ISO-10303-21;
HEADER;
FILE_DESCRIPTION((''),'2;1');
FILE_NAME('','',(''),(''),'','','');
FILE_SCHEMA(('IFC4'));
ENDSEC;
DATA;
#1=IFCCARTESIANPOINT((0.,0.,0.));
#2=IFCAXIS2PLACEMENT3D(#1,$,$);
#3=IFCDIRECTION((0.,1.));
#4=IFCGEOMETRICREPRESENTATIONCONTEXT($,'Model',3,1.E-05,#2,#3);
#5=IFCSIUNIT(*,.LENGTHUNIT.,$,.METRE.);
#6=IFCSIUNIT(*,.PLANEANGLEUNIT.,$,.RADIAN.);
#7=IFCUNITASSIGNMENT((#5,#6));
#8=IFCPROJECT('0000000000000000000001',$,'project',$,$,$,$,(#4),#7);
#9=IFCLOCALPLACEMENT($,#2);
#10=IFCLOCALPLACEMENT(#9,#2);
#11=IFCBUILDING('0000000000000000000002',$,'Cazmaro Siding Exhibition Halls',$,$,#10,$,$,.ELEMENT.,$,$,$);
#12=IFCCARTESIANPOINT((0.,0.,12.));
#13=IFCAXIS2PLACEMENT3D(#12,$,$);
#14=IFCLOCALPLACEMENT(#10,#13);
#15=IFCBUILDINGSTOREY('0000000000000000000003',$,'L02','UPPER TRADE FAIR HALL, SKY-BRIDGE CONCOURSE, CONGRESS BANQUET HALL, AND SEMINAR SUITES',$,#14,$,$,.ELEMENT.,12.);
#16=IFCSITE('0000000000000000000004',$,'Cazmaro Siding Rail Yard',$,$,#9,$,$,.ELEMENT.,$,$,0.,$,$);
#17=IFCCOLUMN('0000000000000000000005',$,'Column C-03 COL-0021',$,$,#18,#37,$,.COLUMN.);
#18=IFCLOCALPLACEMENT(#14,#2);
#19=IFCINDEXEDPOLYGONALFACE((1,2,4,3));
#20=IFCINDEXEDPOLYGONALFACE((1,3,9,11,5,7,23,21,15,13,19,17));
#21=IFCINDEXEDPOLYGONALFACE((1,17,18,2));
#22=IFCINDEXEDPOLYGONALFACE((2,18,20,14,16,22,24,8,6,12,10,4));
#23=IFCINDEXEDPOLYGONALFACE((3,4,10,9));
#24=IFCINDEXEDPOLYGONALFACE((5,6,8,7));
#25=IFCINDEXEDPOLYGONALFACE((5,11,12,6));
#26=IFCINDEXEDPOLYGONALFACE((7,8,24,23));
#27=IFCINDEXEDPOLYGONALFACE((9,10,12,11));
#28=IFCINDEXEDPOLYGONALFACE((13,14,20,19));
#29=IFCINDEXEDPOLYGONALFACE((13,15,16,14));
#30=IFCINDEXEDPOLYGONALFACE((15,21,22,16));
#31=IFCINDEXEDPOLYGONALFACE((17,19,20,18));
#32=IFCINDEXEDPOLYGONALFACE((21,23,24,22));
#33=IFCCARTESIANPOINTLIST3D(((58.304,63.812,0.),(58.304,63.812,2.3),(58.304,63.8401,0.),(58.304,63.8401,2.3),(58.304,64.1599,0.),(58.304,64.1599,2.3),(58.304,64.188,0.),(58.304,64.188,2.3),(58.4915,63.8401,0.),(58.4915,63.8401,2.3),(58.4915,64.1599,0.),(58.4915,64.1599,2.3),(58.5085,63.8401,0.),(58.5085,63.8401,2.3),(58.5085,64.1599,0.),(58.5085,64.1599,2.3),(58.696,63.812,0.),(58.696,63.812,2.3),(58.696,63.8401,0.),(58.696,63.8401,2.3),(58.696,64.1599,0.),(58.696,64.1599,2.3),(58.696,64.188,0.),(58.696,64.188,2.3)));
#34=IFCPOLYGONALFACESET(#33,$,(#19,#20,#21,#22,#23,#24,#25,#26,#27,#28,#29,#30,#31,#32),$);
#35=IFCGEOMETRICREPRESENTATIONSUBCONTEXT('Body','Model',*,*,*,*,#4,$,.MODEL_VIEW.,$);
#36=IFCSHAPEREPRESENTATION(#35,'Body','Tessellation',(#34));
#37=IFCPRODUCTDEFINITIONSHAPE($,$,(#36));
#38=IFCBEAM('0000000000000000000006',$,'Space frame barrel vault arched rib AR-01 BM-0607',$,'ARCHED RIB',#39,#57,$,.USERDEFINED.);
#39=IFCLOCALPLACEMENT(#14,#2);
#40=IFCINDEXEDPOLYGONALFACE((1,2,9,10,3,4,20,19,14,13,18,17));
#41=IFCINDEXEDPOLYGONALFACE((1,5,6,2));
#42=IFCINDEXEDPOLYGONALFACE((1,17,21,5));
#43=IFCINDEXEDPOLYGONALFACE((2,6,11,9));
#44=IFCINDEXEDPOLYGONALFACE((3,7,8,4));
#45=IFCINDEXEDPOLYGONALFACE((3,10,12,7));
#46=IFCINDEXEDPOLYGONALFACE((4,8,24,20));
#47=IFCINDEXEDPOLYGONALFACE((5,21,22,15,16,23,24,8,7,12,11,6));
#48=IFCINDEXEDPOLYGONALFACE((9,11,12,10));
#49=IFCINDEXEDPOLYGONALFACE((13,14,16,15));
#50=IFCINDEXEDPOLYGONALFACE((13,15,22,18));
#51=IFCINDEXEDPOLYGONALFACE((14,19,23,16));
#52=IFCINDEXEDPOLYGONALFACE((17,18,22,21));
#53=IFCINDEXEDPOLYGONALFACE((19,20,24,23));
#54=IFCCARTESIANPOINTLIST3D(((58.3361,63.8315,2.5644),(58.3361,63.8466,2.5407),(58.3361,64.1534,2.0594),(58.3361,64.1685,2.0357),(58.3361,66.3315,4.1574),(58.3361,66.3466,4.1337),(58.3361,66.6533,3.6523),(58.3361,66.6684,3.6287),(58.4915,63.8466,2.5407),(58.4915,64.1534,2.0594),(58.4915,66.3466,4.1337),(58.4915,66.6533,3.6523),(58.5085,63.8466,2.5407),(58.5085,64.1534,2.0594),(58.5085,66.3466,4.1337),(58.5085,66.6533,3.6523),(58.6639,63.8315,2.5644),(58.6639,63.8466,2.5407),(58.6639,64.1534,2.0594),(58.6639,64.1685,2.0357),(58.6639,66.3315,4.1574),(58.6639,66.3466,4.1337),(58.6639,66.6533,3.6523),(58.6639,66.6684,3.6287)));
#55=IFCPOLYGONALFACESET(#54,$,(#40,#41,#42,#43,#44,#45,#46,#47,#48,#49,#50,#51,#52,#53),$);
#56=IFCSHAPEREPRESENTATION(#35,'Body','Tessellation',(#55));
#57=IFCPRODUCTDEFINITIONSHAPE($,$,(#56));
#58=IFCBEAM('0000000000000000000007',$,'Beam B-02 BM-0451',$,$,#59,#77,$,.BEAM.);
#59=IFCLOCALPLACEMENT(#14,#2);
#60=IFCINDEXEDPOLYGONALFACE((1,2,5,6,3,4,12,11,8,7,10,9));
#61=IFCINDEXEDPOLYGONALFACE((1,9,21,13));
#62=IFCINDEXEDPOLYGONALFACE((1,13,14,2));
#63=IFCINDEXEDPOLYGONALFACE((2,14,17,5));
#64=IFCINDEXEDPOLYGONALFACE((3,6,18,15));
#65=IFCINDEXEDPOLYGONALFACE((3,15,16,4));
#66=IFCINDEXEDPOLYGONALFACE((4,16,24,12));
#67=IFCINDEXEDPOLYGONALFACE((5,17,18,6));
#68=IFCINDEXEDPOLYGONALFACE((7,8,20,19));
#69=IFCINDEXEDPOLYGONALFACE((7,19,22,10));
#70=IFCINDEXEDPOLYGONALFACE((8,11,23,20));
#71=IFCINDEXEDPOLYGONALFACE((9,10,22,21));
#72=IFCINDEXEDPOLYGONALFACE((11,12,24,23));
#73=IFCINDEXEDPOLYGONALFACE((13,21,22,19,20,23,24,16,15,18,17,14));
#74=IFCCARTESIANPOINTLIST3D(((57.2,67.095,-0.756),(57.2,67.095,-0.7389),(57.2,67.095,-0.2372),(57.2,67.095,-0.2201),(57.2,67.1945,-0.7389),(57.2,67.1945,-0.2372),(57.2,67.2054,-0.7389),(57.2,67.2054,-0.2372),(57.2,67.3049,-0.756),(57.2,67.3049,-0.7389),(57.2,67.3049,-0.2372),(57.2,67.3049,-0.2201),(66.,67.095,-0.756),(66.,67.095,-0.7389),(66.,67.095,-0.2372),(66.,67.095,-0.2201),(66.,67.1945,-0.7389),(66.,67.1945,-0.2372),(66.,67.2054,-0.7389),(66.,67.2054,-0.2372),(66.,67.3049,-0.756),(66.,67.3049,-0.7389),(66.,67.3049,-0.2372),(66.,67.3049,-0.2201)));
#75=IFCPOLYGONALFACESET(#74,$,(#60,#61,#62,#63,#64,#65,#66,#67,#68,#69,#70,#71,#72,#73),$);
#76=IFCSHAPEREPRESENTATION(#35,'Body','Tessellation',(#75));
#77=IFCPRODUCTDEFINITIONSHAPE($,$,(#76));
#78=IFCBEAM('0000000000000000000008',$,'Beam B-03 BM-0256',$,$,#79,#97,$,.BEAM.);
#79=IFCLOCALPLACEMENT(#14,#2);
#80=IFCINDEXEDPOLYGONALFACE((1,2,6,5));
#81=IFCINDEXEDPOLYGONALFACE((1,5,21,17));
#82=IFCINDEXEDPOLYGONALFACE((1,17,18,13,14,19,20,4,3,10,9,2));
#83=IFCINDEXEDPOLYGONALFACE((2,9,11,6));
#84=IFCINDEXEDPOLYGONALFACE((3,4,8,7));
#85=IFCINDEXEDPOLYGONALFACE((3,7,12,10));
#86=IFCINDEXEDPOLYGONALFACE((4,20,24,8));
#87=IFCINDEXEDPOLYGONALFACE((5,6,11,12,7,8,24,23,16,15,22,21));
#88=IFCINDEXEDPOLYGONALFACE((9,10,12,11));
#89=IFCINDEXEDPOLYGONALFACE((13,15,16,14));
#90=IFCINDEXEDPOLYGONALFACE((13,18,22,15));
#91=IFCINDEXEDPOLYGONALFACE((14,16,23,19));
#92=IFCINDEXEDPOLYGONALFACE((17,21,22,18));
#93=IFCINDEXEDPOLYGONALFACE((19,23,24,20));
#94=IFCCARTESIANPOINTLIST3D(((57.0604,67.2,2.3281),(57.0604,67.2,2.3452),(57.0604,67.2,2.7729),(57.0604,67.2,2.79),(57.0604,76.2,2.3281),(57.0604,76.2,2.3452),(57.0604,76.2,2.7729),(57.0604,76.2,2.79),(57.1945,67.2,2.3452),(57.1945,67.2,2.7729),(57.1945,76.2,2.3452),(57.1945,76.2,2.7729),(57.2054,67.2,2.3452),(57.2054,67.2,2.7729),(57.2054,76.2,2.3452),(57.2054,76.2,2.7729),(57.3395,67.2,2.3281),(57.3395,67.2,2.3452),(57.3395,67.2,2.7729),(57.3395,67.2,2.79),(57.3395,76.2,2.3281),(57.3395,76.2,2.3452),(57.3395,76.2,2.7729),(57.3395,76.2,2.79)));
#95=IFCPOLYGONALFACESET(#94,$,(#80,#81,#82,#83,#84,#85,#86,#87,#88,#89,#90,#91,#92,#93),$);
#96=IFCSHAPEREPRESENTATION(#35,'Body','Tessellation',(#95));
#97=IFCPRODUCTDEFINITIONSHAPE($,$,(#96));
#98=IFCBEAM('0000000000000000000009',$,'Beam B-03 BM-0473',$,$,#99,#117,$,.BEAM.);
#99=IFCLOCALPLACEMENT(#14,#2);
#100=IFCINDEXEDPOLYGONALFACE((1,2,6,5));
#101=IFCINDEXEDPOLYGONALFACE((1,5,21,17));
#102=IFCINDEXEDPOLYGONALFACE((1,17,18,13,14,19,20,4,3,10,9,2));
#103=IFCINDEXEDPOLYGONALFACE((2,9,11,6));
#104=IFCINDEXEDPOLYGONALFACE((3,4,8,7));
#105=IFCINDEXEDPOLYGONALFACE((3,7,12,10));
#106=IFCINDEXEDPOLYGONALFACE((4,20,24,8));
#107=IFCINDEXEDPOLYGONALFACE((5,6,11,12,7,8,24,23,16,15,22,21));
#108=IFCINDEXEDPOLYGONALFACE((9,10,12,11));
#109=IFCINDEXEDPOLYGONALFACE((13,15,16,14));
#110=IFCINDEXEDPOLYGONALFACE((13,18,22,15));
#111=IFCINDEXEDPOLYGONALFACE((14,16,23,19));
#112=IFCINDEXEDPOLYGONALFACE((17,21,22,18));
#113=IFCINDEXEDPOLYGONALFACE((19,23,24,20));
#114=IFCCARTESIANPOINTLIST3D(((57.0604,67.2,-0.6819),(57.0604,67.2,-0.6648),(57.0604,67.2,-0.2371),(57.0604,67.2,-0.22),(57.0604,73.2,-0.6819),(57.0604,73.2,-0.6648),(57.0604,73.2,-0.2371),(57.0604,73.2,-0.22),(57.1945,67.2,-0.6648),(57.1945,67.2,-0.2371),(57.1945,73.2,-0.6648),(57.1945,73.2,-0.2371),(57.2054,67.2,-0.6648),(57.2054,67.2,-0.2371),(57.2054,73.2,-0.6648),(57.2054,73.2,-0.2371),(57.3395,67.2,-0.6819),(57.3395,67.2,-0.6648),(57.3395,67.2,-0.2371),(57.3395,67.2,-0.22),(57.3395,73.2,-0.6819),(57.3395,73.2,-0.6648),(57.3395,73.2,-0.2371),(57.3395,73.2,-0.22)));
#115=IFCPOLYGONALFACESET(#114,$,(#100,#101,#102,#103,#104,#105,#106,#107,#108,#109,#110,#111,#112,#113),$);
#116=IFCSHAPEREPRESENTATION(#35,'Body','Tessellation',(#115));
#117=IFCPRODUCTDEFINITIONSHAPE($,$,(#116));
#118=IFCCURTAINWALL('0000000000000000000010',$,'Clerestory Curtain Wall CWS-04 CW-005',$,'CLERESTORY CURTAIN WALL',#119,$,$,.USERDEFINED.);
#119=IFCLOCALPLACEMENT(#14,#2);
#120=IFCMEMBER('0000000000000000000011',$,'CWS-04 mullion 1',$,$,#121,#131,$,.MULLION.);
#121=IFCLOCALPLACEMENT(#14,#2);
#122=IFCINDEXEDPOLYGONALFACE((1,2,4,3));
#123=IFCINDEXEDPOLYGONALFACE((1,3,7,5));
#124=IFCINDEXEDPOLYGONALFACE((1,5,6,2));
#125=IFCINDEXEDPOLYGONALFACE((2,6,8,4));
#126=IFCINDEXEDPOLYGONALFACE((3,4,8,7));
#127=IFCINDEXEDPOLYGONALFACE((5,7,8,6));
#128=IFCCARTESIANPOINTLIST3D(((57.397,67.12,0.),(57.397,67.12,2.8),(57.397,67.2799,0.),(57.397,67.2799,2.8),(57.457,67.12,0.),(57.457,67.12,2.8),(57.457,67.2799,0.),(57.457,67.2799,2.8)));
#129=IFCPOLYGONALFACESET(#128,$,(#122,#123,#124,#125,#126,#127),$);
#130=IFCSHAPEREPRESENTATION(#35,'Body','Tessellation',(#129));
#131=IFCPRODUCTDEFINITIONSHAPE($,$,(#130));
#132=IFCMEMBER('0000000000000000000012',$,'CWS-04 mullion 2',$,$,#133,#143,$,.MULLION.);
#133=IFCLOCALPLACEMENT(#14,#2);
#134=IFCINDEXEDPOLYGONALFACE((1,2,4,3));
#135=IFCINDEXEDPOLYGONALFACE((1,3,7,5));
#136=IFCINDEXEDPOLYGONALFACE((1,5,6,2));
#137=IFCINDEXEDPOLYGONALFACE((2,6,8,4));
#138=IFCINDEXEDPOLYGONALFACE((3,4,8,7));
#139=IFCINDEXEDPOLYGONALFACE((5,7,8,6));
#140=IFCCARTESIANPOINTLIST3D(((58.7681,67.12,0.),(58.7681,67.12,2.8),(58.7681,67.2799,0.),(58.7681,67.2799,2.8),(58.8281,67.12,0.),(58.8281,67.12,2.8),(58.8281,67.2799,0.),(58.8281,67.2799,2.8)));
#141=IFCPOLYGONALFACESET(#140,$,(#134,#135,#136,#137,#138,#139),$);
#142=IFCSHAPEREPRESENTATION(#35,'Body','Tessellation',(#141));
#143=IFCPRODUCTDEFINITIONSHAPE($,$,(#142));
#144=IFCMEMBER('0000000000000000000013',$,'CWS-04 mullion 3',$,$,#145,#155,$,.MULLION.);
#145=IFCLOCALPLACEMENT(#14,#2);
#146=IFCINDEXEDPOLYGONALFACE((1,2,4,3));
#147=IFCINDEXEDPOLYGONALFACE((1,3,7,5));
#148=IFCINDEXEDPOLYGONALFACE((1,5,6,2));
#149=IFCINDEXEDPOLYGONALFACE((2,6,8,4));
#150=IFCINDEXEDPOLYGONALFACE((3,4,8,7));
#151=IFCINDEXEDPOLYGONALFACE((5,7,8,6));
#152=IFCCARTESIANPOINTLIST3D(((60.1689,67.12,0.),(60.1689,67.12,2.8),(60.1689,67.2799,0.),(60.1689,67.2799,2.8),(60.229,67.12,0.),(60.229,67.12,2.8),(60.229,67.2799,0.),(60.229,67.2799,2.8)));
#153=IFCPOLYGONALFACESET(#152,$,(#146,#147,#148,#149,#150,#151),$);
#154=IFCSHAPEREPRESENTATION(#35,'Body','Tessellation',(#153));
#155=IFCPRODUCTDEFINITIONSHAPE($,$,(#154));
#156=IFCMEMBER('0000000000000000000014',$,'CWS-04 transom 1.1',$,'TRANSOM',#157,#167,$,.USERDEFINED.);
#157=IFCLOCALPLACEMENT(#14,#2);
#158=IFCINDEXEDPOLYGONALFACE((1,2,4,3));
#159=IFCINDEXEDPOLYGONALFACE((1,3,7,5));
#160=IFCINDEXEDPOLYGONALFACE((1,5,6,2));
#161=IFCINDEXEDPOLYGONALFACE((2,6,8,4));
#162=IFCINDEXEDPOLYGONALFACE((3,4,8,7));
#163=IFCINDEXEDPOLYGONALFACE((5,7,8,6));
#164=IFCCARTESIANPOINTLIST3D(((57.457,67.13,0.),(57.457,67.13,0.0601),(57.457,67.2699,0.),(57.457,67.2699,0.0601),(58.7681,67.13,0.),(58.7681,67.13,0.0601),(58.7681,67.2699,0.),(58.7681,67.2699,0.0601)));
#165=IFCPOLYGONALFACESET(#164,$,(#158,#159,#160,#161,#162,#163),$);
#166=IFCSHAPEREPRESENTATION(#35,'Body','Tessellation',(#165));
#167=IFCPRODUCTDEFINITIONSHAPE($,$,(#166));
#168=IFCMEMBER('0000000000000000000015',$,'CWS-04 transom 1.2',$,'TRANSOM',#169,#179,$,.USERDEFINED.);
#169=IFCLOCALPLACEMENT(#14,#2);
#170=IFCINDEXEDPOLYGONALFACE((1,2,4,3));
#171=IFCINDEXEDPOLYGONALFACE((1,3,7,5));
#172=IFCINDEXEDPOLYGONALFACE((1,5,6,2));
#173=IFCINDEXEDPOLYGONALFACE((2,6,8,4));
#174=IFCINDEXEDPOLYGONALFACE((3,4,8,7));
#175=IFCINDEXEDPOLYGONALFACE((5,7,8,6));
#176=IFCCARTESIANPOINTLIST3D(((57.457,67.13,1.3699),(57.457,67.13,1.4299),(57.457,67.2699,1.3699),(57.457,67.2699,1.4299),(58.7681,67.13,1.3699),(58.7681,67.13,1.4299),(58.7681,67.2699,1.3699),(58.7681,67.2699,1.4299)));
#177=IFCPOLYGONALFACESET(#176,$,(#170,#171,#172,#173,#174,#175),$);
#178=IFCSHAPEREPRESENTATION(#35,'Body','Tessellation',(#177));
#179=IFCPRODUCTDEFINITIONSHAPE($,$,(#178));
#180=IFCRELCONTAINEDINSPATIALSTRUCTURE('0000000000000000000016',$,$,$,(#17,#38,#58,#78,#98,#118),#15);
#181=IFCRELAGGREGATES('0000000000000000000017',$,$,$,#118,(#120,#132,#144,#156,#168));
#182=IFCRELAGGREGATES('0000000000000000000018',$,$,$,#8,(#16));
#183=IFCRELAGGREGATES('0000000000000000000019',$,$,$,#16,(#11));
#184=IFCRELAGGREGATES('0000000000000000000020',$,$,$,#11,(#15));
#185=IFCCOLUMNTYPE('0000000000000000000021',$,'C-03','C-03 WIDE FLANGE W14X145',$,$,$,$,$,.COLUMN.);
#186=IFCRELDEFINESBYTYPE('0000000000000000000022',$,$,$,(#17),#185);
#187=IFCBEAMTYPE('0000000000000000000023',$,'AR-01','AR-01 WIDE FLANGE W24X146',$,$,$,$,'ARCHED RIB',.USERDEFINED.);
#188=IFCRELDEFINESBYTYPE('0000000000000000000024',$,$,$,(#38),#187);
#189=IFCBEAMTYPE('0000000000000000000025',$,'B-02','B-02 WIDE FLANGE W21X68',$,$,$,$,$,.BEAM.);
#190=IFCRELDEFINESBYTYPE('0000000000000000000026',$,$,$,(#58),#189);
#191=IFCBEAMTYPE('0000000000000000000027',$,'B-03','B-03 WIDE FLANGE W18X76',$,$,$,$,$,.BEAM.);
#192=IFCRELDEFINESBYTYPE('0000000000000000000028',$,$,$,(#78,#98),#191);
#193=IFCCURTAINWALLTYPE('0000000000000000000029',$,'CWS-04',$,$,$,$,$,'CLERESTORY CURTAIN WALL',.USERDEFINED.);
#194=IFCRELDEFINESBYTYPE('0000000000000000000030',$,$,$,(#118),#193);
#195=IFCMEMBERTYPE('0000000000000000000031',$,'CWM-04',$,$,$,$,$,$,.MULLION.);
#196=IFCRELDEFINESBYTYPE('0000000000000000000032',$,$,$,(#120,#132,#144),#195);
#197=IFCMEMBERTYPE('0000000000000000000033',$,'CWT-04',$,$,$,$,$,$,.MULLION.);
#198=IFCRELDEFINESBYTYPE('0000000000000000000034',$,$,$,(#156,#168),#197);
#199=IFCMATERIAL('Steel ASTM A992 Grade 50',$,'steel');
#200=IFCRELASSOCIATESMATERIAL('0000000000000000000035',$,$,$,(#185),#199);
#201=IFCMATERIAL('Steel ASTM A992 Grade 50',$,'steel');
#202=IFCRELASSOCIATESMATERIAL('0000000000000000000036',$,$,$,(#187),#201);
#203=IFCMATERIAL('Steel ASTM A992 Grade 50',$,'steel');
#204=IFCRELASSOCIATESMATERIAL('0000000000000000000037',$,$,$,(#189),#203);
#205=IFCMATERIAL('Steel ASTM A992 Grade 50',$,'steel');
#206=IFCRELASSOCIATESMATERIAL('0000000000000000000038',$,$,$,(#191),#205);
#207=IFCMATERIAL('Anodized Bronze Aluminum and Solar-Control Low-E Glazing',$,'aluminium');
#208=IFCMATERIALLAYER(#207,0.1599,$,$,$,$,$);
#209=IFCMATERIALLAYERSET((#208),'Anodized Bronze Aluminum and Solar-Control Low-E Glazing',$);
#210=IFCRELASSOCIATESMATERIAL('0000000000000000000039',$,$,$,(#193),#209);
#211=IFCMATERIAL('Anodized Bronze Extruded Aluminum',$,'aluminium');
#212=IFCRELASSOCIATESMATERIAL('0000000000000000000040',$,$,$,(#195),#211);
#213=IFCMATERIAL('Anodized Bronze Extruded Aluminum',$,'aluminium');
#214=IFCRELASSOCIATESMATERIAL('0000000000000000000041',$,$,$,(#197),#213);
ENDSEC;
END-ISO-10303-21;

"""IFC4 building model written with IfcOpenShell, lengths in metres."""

from ifc_helpers import new_model, si_unit, direction, frame, origin, origin_2d, place, context, subcontext, project, spatial, rectangle, i_section, extrude, material, layer, layer_set, material_profile, profile_set, type_object, element, aggregate, save


model = new_model("IFC4")

# Units and contexts
model_context = context("Model", 3, precision=1e-05, world=origin(), true_north=direction((0.0, 1.0)))
body_context = subcontext(model_context, "Body", "Model", "MODEL_VIEW")
ifc_project = project(units=[si_unit("LENGTHUNIT", "METRE"), si_unit("PLANEANGLEUNIT", "RADIAN")], contexts=[model_context])

# Site, building, storey
site_placement = place(None, origin())
site = spatial("IfcSite", under=ifc_project, at=site_placement, Name="Cazmaro Siding Rail Yard", CompositionType="ELEMENT", RefElevation=0.0)
building_placement = place(site_placement, origin())
building = spatial("IfcBuilding", under=site, at=building_placement, Name="Cazmaro Siding Exhibition Halls", CompositionType="ELEMENT")
storey_placement = place(building_placement, frame((0.0, 0.0, 12.0)))
storey = spatial("IfcBuildingStorey", under=building, at=storey_placement, Name="L02", Description="UPPER TRADE FAIR HALL, SKY-BRIDGE CONCOURSE, CONGRESS BANQUET HALL, AND SEMINAR SUITES", CompositionType="ELEMENT", Elevation=12.0)

# Column
ifc_material_1 = material(Name="Steel ASTM A992 Grade 50", Category="steel")
ifc_material_profile_1 = material_profile(ifc_material_1, i_section(OverallWidth=0.3921, OverallDepth=0.376, WebThickness=0.0171, FlangeThickness=0.0281, at=origin_2d()), Name="W14X145")
ifc_profile_set_1 = profile_set([ifc_material_profile_1], Name="Steel ASTM A992 Grade 50")
column_type = type_object("IfcColumnType", Name="C-03", Description="C-03 WIDE FLANGE W14X145", PredefinedType="COLUMN", material=ifc_profile_set_1)
column_placement = place(storey_placement, frame((58.5, 64.0, 0.0), z_axis=(0.0, 0.0, 1.0), x_axis=(1.0, 0.0, 0.0)))
element("IfcColumn", 1, at=column_placement, inside=storey, type_object=column_type, Name="Column C-03 COL-0021", PredefinedType="COLUMN", context=body_context, shape_type="SweptSolid", body=[
    extrude(i_section(OverallWidth=0.3921, OverallDepth=0.376, WebThickness=0.0171, FlangeThickness=0.0281, at=origin_2d()), origin(), (0.0, 0.0, 1.0), 2.3),
])

# Beams
ifc_material_2 = material(Name="Steel ASTM A992 Grade 50", Category="steel")
ifc_material_profile_2 = material_profile(ifc_material_2, i_section(OverallWidth=0.3279, OverallDepth=0.627, WebThickness=0.0171, FlangeThickness=0.0281, at=origin_2d()), Name="W24X146")
ifc_profile_set_2 = profile_set([ifc_material_profile_2], Name="Steel ASTM A992 Grade 50")
beam_type_1 = type_object("IfcBeamType", Name="AR-01", Description="AR-01 WIDE FLANGE W24X146", ElementType="ARCHED RIB", PredefinedType="USERDEFINED", material=ifc_profile_set_2)
beam_1_placement = place(storey_placement, frame((58.5, 64.0, 2.3), z_axis=(0.0, 0.843339, 0.537382), x_axis=(-1.0, 0.0, 0.0)))
element("IfcBeam", 2, at=beam_1_placement, inside=storey, type_object=beam_type_1, Name="Space frame barrel vault arched rib AR-01 BM-0607", ObjectType="ARCHED RIB", PredefinedType="USERDEFINED", context=body_context, shape_type="SweptSolid", body=[
    extrude(i_section(OverallWidth=0.3279, OverallDepth=0.627, WebThickness=0.0171, FlangeThickness=0.0281, at=origin_2d()), origin(), (0.0, 0.0, 1.0), 2.9644),
])
ifc_material_3 = material(Name="Steel ASTM A992 Grade 50", Category="steel")
ifc_material_profile_3 = material_profile(ifc_material_3, i_section(OverallWidth=0.21, OverallDepth=0.5359, WebThickness=0.011, FlangeThickness=0.0171, at=origin_2d()), Name="W21X68")
ifc_profile_set_3 = profile_set([ifc_material_profile_3], Name="Steel ASTM A992 Grade 50")
beam_type_2 = type_object("IfcBeamType", Name="B-02", Description="B-02 WIDE FLANGE W21X68", PredefinedType="BEAM", material=ifc_profile_set_3)
beam_2_placement = place(storey_placement, frame((57.2, 67.2, -0.488), z_axis=(1.0, 0.0, 0.0), x_axis=(0.0, 1.0, 0.0)))
element("IfcBeam", 3, at=beam_2_placement, inside=storey, type_object=beam_type_2, Name="Beam B-02 BM-0451", PredefinedType="BEAM", context=body_context, shape_type="SweptSolid", body=[
    extrude(i_section(OverallWidth=0.21, OverallDepth=0.5359, WebThickness=0.011, FlangeThickness=0.0171, at=origin_2d()), origin(), (0.0, 0.0, 1.0), 8.8),
])
ifc_material_4 = material(Name="Steel ASTM A992 Grade 50", Category="steel")
ifc_material_profile_4 = material_profile(ifc_material_4, i_section(OverallWidth=0.2791, OverallDepth=0.4619, WebThickness=0.011, FlangeThickness=0.0171, at=origin_2d()), Name="W18X76")
ifc_profile_set_4 = profile_set([ifc_material_profile_4], Name="Steel ASTM A992 Grade 50")
beam_type_3 = type_object("IfcBeamType", Name="B-03", Description="B-03 WIDE FLANGE W18X76", PredefinedType="BEAM", material=ifc_profile_set_4)
beam_3_placement = place(storey_placement, frame((57.2, 67.2, 2.5591), z_axis=(0.0, 1.0, 0.0), x_axis=(-1.0, 0.0, 0.0)))
element("IfcBeam", 4, at=beam_3_placement, inside=storey, type_object=beam_type_3, Name="Beam B-03 BM-0256", PredefinedType="BEAM", context=body_context, shape_type="SweptSolid", body=[
    extrude(i_section(OverallWidth=0.2791, OverallDepth=0.4619, WebThickness=0.011, FlangeThickness=0.0171, at=origin_2d()), origin(), (0.0, 0.0, 1.0), 9.0),
])
beam_4_placement = place(storey_placement, frame((57.2, 67.2, -0.4509), z_axis=(0.0, 1.0, 0.0), x_axis=(-1.0, 0.0, 0.0)))
element("IfcBeam", 5, at=beam_4_placement, inside=storey, type_object=beam_type_3, Name="Beam B-03 BM-0473", PredefinedType="BEAM", context=body_context, shape_type="SweptSolid", body=[
    extrude(i_section(OverallWidth=0.2791, OverallDepth=0.4619, WebThickness=0.011, FlangeThickness=0.0171, at=origin_2d()), origin(), (0.0, 0.0, 1.0), 6.0),
])

# Curtain wall, members
ifc_material_5 = material(Name="Anodized Bronze Aluminum and Solar-Control Low-E Glazing", Category="aluminium")
ifc_layer_1 = layer(ifc_material_5, 0.1599)
ifc_layer_set_1 = layer_set([ifc_layer_1], Name="Anodized Bronze Aluminum and Solar-Control Low-E Glazing")
curtain_wall_type = type_object("IfcCurtainWallType", Name="CWS-04", ElementType="CLERESTORY CURTAIN WALL", PredefinedType="USERDEFINED", material=ifc_layer_set_1)
curtain_wall_placement = place(storey_placement, origin())
curtain_wall = element("IfcCurtainWall", 6, at=curtain_wall_placement, inside=storey, type_object=curtain_wall_type, Name="Clerestory Curtain Wall CWS-04 CW-005", ObjectType="CLERESTORY CURTAIN WALL", PredefinedType="USERDEFINED")
ifc_material_6 = material(Name="Anodized Bronze Extruded Aluminum", Category="aluminium")
ifc_material_profile_5 = material_profile(ifc_material_6, rectangle(XDim=0.1599, YDim=0.0601, at=origin_2d()), Name="CWM-04")
ifc_profile_set_5 = profile_set([ifc_material_profile_5], Name="Anodized Bronze Extruded Aluminum")
member_type_1 = type_object("IfcMemberType", Name="CWM-04", PredefinedType="MULLION", material=ifc_profile_set_5)
member_1_placement = place(storey_placement, frame((57.427, 67.2, 0.0), z_axis=(0.0, 0.0, 1.0), x_axis=(0.0, 1.0, 0.0)))
member_1 = element("IfcMember", 7, at=member_1_placement, type_object=member_type_1, Name="CWS-04 mullion 1", PredefinedType="MULLION", context=body_context, shape_type="SweptSolid", body=[
    extrude(rectangle(XDim=0.1599, YDim=0.0601, at=origin_2d()), origin(), (0.0, 0.0, 1.0), 2.8),
])
member_2_placement = place(storey_placement, frame((58.7981, 67.2, 0.0), z_axis=(0.0, 0.0, 1.0), x_axis=(0.0, 1.0, 0.0)))
member_2 = element("IfcMember", 8, at=member_2_placement, type_object=member_type_1, Name="CWS-04 mullion 2", PredefinedType="MULLION", context=body_context, shape_type="SweptSolid", body=[
    extrude(rectangle(XDim=0.1599, YDim=0.0601, at=origin_2d()), origin(), (0.0, 0.0, 1.0), 2.8),
])
member_3_placement = place(storey_placement, frame((60.199, 67.2, 0.0), z_axis=(0.0, 0.0, 1.0), x_axis=(0.0, 1.0, 0.0)))
member_3 = element("IfcMember", 9, at=member_3_placement, type_object=member_type_1, Name="CWS-04 mullion 3", PredefinedType="MULLION", context=body_context, shape_type="SweptSolid", body=[
    extrude(rectangle(XDim=0.1599, YDim=0.0601, at=origin_2d()), origin(), (0.0, 0.0, 1.0), 2.8),
])
ifc_material_7 = material(Name="Anodized Bronze Extruded Aluminum", Category="aluminium")
ifc_material_profile_6 = material_profile(ifc_material_7, rectangle(XDim=0.1399, YDim=0.0601, at=origin_2d()), Name="CWT-04")
ifc_profile_set_6 = profile_set([ifc_material_profile_6], Name="Anodized Bronze Extruded Aluminum")
member_type_2 = type_object("IfcMemberType", Name="CWT-04", PredefinedType="MULLION", material=ifc_profile_set_6)
member_4_placement = place(storey_placement, frame((57.457, 67.2, 0.03), z_axis=(1.0, 0.0, 0.0), x_axis=(0.0, 1.0, 0.0)))
member_4 = element("IfcMember", 10, at=member_4_placement, type_object=member_type_2, Name="CWS-04 transom 1.1", ObjectType="TRANSOM", PredefinedType="USERDEFINED", context=body_context, shape_type="SweptSolid", body=[
    extrude(rectangle(XDim=0.1399, YDim=0.0601, at=origin_2d()), origin(), (0.0, 0.0, 1.0), 1.311),
])
member_5_placement = place(storey_placement, frame((57.457, 67.2, 1.3999), z_axis=(1.0, 0.0, 0.0), x_axis=(0.0, 1.0, 0.0)))
member_5 = element("IfcMember", 11, at=member_5_placement, type_object=member_type_2, Name="CWS-04 transom 1.2", ObjectType="TRANSOM", PredefinedType="USERDEFINED", context=body_context, shape_type="SweptSolid", body=[
    extrude(rectangle(XDim=0.1399, YDim=0.0601, at=origin_2d()), origin(), (0.0, 0.0, 1.0), 1.311),
])

aggregate(curtain_wall, [member_1, member_2, member_3, member_4, member_5])

save(model, "model.ifc")
